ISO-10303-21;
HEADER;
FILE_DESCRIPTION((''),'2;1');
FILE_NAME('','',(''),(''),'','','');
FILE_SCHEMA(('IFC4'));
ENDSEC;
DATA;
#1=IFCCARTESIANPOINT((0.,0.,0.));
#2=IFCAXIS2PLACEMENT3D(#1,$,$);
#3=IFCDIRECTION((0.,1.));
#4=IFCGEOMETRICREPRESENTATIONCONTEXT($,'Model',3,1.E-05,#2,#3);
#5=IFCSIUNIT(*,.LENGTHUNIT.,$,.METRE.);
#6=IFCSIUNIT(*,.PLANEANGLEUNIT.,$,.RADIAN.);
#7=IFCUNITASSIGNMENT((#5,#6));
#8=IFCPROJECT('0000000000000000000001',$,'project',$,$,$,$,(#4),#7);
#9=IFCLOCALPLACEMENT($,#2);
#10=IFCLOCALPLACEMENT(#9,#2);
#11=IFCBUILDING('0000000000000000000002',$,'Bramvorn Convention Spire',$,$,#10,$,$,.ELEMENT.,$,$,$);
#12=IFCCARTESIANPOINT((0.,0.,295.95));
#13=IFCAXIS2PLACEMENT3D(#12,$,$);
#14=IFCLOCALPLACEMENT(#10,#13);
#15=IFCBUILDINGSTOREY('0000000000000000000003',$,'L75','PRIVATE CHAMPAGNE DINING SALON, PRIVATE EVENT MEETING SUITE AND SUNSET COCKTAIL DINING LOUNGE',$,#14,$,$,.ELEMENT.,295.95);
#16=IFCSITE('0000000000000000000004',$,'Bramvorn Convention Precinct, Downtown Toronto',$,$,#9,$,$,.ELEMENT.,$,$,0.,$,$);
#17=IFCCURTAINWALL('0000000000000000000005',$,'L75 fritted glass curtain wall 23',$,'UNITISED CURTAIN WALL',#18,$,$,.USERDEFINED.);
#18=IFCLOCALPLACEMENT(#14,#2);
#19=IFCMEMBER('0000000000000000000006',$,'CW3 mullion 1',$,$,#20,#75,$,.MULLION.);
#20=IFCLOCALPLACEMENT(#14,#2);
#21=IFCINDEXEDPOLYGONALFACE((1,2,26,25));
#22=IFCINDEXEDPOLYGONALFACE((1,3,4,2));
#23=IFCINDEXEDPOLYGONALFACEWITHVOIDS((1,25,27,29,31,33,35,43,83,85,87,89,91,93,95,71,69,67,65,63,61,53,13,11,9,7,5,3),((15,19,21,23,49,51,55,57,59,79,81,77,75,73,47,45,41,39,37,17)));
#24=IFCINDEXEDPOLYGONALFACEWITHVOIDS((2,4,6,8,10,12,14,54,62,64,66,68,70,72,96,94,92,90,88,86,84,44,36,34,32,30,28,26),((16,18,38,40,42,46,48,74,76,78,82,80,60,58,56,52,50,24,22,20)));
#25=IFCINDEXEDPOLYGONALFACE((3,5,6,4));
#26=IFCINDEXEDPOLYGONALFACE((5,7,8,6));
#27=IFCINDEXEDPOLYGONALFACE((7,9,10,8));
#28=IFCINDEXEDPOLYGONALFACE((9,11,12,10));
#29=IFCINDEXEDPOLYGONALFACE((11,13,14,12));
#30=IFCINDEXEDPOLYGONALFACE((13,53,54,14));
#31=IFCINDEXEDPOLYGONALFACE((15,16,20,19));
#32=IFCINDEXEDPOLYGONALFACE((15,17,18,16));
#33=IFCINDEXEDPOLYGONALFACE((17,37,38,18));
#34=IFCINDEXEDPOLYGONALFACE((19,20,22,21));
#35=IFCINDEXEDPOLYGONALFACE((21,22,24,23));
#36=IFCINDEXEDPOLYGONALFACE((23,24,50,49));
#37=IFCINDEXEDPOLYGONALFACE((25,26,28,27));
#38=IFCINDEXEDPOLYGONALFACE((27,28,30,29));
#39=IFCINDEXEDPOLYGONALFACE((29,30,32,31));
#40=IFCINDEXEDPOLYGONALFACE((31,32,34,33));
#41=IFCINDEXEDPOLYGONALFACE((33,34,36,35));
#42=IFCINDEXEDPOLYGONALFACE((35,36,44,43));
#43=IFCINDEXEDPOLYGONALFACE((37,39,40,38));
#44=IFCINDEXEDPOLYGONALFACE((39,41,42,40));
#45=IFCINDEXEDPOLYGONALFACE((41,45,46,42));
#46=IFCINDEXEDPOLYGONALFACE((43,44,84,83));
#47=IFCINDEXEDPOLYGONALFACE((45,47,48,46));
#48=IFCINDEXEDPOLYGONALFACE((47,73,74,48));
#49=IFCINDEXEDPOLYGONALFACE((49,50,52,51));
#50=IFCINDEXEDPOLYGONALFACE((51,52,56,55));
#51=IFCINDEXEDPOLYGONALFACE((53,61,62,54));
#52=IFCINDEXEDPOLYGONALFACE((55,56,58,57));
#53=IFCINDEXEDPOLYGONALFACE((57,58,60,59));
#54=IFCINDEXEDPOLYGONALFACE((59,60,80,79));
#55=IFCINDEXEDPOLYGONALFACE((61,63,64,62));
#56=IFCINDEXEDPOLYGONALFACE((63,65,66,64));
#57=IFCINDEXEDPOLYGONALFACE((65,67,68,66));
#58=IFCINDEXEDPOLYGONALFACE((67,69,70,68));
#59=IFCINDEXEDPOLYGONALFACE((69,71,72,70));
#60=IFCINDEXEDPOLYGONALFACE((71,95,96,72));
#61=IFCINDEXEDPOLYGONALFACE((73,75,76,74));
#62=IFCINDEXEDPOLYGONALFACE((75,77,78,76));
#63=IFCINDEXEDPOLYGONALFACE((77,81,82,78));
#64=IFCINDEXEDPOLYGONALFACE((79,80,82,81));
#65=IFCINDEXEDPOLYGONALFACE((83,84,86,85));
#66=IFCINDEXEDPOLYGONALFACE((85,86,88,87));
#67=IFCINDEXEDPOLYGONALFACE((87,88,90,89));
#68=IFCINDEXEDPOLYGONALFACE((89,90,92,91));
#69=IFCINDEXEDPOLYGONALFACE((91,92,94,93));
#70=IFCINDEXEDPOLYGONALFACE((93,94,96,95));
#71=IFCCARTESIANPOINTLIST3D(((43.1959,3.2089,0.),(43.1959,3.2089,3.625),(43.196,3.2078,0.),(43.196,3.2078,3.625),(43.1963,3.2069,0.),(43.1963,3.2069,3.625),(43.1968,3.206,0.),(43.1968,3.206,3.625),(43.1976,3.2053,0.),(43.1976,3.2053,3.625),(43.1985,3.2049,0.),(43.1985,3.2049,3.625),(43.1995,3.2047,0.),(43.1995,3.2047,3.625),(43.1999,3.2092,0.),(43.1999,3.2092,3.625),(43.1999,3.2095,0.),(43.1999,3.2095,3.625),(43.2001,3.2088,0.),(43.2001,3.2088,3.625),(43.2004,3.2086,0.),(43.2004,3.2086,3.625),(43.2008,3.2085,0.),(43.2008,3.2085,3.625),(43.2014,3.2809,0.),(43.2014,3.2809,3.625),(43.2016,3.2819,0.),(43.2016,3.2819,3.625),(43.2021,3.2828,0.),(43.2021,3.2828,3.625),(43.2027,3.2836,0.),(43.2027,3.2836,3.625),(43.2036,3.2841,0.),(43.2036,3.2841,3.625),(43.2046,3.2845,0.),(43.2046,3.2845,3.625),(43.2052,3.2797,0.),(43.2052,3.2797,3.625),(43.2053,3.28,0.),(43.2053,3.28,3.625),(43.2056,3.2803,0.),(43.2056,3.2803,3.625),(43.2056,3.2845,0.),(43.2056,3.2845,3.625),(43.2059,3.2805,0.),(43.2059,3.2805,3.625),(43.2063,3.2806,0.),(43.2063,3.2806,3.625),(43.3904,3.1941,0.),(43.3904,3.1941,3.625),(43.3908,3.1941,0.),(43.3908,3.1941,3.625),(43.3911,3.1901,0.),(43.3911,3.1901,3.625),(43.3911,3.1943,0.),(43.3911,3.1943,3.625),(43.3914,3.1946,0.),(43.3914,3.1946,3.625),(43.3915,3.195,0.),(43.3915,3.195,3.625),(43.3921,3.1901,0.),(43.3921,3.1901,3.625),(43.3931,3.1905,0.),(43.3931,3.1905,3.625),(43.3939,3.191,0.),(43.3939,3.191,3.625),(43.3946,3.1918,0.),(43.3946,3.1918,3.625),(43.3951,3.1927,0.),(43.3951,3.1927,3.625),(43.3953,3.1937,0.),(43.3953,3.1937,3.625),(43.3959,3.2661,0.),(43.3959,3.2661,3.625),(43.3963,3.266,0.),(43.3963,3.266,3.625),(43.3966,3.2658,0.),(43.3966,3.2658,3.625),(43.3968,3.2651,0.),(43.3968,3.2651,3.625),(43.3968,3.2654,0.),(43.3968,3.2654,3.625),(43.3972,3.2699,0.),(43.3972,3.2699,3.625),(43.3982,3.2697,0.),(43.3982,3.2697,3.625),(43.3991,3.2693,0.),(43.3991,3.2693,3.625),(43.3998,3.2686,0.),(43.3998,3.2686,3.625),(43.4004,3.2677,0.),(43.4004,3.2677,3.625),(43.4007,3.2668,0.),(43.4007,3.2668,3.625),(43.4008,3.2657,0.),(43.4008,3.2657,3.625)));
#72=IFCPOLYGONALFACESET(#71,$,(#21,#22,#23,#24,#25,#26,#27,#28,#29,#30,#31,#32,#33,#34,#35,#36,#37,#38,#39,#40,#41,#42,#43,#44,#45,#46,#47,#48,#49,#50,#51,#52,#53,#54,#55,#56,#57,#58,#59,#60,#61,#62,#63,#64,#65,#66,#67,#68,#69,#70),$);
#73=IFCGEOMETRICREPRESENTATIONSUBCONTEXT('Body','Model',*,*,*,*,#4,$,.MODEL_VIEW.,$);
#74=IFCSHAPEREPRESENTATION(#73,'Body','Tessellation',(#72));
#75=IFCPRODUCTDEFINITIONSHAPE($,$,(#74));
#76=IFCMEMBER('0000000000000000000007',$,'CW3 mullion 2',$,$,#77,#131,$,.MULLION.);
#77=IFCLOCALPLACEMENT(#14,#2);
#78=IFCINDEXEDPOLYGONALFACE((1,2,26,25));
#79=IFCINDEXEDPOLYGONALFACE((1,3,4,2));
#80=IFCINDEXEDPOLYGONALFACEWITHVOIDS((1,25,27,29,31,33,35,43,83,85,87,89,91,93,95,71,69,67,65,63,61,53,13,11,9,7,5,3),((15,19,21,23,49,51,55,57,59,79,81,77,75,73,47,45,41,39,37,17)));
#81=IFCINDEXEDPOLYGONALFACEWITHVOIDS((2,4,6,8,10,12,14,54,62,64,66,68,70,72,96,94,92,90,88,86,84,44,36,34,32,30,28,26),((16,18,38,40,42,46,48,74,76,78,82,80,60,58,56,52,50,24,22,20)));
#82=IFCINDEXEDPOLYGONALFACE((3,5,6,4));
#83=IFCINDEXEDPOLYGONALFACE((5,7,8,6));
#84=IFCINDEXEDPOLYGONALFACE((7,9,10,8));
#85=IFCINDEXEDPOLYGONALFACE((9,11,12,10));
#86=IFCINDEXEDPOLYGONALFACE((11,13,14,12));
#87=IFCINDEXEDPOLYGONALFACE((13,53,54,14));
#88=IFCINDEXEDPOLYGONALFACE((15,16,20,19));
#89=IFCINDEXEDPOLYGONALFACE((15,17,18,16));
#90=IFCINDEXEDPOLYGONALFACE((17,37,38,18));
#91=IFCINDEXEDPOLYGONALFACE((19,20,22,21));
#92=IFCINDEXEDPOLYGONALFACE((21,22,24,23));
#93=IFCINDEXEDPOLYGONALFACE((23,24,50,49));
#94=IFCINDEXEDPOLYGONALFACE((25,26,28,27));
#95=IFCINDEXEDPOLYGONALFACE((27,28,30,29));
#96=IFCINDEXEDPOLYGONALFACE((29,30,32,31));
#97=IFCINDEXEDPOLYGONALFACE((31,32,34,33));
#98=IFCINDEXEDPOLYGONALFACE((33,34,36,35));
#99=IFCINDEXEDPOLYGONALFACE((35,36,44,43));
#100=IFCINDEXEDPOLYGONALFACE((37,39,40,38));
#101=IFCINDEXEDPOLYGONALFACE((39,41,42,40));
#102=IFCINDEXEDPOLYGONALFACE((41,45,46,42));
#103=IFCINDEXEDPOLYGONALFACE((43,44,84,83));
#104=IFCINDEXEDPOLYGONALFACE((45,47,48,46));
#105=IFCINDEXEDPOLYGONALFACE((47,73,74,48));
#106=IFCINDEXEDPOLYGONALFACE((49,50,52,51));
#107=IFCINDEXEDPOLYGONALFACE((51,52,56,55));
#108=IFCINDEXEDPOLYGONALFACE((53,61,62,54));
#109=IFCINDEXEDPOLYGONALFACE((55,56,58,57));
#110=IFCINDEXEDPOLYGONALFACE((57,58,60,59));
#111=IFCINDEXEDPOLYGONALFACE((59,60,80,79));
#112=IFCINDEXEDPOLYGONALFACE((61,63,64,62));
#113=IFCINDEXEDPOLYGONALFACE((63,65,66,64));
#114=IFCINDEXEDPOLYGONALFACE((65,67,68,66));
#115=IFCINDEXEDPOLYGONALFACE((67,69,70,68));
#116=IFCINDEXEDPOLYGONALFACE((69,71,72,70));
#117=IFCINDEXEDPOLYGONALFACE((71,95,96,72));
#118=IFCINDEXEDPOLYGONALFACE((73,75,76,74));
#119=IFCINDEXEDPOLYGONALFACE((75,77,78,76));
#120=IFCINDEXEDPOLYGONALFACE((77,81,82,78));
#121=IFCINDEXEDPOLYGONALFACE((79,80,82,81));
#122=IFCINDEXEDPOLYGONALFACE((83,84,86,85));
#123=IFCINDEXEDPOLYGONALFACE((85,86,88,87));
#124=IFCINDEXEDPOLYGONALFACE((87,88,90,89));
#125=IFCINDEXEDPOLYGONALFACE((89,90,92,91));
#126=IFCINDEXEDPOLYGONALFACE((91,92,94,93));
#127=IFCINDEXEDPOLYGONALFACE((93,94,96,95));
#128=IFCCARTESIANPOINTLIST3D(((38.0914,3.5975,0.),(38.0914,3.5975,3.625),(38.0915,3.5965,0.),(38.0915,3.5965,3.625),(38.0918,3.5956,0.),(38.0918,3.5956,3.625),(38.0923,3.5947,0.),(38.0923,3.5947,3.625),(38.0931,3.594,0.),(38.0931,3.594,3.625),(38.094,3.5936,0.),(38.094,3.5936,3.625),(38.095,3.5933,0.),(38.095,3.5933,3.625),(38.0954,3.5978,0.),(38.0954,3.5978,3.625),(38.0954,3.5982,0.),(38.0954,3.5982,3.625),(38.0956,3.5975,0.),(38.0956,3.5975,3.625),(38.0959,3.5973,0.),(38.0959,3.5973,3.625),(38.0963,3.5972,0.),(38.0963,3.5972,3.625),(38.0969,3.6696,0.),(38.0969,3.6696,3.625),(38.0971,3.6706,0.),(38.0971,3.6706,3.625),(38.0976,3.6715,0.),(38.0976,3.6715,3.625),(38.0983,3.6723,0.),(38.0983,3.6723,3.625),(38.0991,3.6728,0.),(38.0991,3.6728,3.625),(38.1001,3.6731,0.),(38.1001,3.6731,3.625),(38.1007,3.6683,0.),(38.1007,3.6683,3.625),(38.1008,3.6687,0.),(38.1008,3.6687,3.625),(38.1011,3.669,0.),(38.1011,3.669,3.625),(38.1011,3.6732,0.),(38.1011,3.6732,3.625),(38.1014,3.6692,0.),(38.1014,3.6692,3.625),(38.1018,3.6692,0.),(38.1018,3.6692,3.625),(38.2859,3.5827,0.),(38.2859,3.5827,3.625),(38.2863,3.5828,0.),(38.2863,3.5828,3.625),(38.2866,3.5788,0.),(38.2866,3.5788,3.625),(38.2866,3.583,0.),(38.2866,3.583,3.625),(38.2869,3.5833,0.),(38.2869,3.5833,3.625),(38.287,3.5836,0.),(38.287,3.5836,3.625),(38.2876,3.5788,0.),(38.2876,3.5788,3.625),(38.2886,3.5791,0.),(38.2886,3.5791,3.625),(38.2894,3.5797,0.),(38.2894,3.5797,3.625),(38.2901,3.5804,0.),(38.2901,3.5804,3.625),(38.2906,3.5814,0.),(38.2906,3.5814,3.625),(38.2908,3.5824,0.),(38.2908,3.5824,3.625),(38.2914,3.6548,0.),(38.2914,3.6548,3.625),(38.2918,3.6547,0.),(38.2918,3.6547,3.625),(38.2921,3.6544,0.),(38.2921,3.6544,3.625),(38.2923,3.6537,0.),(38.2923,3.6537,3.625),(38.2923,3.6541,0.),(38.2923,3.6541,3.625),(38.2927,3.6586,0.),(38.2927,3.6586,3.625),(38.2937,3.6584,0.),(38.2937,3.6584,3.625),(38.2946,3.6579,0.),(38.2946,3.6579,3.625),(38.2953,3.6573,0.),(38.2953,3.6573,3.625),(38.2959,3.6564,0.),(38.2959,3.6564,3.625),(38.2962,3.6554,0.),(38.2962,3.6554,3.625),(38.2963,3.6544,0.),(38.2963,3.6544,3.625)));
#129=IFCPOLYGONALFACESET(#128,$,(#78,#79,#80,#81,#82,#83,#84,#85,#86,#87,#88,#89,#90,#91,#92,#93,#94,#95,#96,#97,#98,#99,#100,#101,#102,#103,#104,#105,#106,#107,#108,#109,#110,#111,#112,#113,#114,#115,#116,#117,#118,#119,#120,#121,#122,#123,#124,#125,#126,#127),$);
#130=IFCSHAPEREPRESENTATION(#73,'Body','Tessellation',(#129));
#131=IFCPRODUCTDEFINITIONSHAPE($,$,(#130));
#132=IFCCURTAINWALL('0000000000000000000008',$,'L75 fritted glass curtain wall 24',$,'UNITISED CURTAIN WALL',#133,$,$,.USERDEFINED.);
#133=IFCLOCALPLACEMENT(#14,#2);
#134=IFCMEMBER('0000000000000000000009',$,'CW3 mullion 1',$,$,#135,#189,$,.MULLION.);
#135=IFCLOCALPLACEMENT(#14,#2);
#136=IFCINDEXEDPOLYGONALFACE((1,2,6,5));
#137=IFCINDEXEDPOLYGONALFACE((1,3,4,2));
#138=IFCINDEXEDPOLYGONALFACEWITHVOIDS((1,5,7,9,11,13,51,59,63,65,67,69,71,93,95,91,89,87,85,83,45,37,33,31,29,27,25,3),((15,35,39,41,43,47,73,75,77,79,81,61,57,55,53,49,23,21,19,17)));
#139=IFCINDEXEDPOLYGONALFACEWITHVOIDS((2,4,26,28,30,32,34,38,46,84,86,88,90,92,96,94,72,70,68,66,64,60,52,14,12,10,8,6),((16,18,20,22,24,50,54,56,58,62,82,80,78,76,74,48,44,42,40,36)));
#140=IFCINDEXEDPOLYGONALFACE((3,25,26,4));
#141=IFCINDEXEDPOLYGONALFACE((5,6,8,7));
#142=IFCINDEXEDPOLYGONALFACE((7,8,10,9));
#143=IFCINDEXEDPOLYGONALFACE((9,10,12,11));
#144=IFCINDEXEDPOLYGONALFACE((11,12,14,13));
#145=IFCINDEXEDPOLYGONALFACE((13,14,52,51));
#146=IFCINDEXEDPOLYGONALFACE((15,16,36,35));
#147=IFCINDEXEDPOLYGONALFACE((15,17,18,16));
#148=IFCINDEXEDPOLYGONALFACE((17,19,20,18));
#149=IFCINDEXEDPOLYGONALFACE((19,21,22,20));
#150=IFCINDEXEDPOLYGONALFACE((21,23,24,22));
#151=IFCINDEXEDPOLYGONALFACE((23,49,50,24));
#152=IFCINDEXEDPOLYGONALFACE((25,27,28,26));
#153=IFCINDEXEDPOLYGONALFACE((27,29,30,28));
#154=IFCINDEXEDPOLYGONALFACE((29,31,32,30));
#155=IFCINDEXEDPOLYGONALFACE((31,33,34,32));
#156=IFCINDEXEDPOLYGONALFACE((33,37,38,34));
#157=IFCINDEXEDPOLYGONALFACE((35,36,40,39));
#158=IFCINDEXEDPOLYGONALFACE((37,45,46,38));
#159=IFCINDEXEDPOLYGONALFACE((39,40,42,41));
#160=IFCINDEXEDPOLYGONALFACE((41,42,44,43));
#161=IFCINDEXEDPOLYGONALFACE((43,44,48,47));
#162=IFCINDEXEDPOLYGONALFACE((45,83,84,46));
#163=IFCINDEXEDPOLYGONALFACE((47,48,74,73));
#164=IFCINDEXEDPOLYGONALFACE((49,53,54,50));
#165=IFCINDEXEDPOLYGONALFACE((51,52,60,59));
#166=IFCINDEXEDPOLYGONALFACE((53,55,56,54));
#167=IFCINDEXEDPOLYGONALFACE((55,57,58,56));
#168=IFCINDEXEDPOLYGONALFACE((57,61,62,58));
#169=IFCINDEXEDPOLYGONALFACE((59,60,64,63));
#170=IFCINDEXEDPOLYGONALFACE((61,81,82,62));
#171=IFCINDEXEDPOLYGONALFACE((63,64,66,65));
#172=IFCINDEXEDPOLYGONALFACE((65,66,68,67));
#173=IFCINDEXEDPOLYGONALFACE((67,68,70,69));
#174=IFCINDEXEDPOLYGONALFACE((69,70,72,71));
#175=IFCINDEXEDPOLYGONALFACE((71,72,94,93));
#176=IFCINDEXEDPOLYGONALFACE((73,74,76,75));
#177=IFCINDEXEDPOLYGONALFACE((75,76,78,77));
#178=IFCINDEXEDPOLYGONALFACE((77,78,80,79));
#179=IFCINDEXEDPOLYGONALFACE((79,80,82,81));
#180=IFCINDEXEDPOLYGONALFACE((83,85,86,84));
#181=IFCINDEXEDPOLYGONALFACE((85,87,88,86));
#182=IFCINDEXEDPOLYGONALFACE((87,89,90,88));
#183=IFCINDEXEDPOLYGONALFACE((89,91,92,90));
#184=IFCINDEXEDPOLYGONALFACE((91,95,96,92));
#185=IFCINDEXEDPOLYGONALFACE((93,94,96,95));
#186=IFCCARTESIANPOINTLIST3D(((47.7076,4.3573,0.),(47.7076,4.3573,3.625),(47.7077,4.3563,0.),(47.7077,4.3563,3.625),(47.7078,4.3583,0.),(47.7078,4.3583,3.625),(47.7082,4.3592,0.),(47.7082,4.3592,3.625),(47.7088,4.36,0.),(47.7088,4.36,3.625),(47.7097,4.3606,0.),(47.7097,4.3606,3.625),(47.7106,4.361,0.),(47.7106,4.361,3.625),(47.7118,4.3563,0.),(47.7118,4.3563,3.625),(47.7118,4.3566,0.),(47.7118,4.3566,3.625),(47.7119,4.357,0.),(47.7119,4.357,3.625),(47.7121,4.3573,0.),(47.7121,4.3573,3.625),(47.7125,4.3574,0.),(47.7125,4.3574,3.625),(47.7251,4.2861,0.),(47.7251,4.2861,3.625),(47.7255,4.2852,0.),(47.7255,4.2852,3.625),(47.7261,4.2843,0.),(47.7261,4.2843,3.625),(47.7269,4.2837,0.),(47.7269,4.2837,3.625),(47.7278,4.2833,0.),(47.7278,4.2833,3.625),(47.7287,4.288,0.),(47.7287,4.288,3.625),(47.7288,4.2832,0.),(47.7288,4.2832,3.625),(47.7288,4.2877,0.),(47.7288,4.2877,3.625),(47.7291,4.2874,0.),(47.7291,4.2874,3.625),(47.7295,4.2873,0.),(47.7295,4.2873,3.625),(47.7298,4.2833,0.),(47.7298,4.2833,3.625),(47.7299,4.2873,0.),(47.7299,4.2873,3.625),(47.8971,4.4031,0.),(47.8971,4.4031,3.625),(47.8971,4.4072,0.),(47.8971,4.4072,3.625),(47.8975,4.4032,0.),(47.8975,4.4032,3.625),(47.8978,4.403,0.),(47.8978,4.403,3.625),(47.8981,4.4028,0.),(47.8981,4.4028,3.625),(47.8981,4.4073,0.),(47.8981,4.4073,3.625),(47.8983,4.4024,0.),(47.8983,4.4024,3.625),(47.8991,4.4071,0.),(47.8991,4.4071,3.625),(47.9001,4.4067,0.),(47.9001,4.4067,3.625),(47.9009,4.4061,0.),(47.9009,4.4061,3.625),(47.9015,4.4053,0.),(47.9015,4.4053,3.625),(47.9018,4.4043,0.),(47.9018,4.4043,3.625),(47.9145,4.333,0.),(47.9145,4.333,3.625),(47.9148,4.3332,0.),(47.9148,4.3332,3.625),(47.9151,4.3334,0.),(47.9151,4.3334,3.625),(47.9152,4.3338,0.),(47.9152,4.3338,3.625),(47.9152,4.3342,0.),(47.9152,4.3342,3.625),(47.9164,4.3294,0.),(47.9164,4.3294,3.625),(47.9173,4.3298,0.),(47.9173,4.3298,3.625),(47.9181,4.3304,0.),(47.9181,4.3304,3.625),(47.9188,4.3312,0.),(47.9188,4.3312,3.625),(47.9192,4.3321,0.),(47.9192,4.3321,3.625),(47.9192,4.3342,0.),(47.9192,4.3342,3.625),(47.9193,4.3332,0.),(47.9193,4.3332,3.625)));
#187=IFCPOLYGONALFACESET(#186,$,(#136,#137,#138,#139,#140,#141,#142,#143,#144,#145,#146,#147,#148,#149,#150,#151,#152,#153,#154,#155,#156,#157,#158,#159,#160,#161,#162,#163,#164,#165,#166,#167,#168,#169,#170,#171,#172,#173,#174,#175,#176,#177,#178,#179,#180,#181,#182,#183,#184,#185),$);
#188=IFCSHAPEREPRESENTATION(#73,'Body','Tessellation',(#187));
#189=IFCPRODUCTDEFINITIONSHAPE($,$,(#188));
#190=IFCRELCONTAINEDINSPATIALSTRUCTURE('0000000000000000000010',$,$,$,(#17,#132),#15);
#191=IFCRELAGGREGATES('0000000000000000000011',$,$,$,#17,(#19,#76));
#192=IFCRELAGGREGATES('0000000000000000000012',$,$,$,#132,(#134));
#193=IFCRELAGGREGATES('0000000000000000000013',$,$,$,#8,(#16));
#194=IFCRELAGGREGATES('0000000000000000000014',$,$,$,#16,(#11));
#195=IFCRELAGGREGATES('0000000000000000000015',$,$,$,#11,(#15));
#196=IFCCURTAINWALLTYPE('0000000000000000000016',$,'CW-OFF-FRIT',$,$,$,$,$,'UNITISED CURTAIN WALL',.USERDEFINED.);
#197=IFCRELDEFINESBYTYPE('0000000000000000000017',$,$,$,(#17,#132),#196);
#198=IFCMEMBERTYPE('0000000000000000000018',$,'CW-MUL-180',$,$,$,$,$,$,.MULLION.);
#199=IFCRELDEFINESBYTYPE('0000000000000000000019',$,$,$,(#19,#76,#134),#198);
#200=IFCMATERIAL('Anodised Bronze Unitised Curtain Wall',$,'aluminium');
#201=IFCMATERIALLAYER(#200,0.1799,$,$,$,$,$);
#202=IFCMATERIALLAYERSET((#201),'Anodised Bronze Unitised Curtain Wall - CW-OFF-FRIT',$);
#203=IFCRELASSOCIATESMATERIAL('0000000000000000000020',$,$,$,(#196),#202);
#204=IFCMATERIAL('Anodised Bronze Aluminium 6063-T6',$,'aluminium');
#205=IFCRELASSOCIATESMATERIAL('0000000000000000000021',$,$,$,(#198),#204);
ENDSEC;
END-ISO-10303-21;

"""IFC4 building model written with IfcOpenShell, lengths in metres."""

from ifc_helpers import new_model, si_unit, direction, frame, origin, origin_2d, place, context, subcontext, project, spatial, hollow_rectangle, extrude, material, layer, layer_set, material_profile, profile_set, type_object, element, aggregate, save


model = new_model("IFC4")

# Units and contexts
model_context = context("Model", 3, precision=1e-05, world=origin(), true_north=direction((0.0, 1.0)))
body_context = subcontext(model_context, "Body", "Model", "MODEL_VIEW")
ifc_project = project(units=[si_unit("LENGTHUNIT", "METRE"), si_unit("PLANEANGLEUNIT", "RADIAN")], contexts=[model_context])

# Site, building, storey
site_placement = place(None, origin())
site = spatial("IfcSite", under=ifc_project, at=site_placement, Name="Bramvorn Convention Precinct, Downtown Toronto", CompositionType="ELEMENT", RefElevation=0.0)
building_placement = place(site_placement, origin())
building = spatial("IfcBuilding", under=site, at=building_placement, Name="Bramvorn Convention Spire", CompositionType="ELEMENT")
storey_placement = place(building_placement, frame((0.0, 0.0, 295.95)))
storey = spatial("IfcBuildingStorey", under=building, at=storey_placement, Name="L75", Description="PRIVATE CHAMPAGNE DINING SALON, PRIVATE EVENT MEETING SUITE AND SUNSET COCKTAIL DINING LOUNGE", CompositionType="ELEMENT", Elevation=295.95)

# Shared definitions
ifc_material_1 = material(Name="Anodised Bronze Unitised Curtain Wall", Category="aluminium")
ifc_layer_1 = layer(ifc_material_1, 0.1799)
ifc_layer_set_1 = layer_set([ifc_layer_1], Name="Anodised Bronze Unitised Curtain Wall - CW-OFF-FRIT")
curtain_wall_type = type_object("IfcCurtainWallType", Name="CW-OFF-FRIT", ElementType="UNITISED CURTAIN WALL", PredefinedType="USERDEFINED", material=ifc_layer_set_1)
ifc_material_2 = material(Name="Anodised Bronze Aluminium 6063-T6", Category="aluminium")
ifc_material_profile_1 = material_profile(ifc_material_2, hollow_rectangle(XDim=0.0801, YDim=0.2, WallThickness=0.0039, InnerFilletRadius=0.001, OuterFilletRadius=0.0039, at=origin_2d()))
ifc_profile_set_1 = profile_set([ifc_material_profile_1], Name="Anodised Bronze Aluminium 6063-T6 - CWM80X200")
member_type_1 = type_object("IfcMemberType", Name="CW-MUL-180", PredefinedType="MULLION", material=ifc_profile_set_1)

# Curtain walls, members
curtain_wall_1_placement = place(storey_placement, origin())
curtain_wall_1 = element("IfcCurtainWall", 1, at=curtain_wall_1_placement, inside=storey, type_object=curtain_wall_type, Name="L75 fritted glass curtain wall 23", ObjectType="UNITISED CURTAIN WALL", PredefinedType="USERDEFINED")
member_1_placement = place(storey_placement, frame((43.2983, 3.2373, 0.0), z_axis=(0.0, 0.0, 1.0), x_axis=(-0.075938, -0.997113, 0.0)))
member_1 = element("IfcMember", 2, at=member_1_placement, type_object=member_type_1, Name="CW3 mullion 1", PredefinedType="MULLION", context=body_context, shape_type="SweptSolid", body=[
    extrude(hollow_rectangle(XDim=0.0801, YDim=0.2, WallThickness=0.0039, InnerFilletRadius=0.001, OuterFilletRadius=0.0039, at=origin_2d()), origin(), (0.0, 0.0, 1.0), 3.625),
])
member_2_placement = place(storey_placement, frame((38.1938, 3.626, 0.0), z_axis=(0.0, 0.0, 1.0), x_axis=(-0.075938, -0.997113, 0.0)))
member_2 = element("IfcMember", 3, at=member_2_placement, type_object=member_type_1, Name="CW3 mullion 2", PredefinedType="MULLION", context=body_context, shape_type="SweptSolid", body=[
    extrude(hollow_rectangle(XDim=0.0801, YDim=0.2, WallThickness=0.0039, InnerFilletRadius=0.001, OuterFilletRadius=0.0039, at=origin_2d()), origin(), (0.0, 0.0, 1.0), 3.625),
])
curtain_wall_2_placement = place(storey_placement, origin())
curtain_wall_2 = element("IfcCurtainWall", 4, at=curtain_wall_2_placement, inside=storey, type_object=curtain_wall_type, Name="L75 fritted glass curtain wall 24", ObjectType="UNITISED CURTAIN WALL", PredefinedType="USERDEFINED")
member_3_placement = place(storey_placement, frame((47.8135, 4.3452, 0.0), z_axis=(0.0, 0.0, 1.0), x_axis=(0.240294, -0.9707, 0.0)))
member_3 = element("IfcMember", 5, at=member_3_placement, type_object=member_type_1, Name="CW3 mullion 1", PredefinedType="MULLION", context=body_context, shape_type="SweptSolid", body=[
    extrude(hollow_rectangle(XDim=0.0801, YDim=0.2, WallThickness=0.0039, InnerFilletRadius=0.001, OuterFilletRadius=0.0039, at=origin_2d()), origin(), (0.0, 0.0, 1.0), 3.625),
])

aggregate(curtain_wall_1, [member_1, member_2])
aggregate(curtain_wall_2, [member_3])

save(model, "model.ifc")
